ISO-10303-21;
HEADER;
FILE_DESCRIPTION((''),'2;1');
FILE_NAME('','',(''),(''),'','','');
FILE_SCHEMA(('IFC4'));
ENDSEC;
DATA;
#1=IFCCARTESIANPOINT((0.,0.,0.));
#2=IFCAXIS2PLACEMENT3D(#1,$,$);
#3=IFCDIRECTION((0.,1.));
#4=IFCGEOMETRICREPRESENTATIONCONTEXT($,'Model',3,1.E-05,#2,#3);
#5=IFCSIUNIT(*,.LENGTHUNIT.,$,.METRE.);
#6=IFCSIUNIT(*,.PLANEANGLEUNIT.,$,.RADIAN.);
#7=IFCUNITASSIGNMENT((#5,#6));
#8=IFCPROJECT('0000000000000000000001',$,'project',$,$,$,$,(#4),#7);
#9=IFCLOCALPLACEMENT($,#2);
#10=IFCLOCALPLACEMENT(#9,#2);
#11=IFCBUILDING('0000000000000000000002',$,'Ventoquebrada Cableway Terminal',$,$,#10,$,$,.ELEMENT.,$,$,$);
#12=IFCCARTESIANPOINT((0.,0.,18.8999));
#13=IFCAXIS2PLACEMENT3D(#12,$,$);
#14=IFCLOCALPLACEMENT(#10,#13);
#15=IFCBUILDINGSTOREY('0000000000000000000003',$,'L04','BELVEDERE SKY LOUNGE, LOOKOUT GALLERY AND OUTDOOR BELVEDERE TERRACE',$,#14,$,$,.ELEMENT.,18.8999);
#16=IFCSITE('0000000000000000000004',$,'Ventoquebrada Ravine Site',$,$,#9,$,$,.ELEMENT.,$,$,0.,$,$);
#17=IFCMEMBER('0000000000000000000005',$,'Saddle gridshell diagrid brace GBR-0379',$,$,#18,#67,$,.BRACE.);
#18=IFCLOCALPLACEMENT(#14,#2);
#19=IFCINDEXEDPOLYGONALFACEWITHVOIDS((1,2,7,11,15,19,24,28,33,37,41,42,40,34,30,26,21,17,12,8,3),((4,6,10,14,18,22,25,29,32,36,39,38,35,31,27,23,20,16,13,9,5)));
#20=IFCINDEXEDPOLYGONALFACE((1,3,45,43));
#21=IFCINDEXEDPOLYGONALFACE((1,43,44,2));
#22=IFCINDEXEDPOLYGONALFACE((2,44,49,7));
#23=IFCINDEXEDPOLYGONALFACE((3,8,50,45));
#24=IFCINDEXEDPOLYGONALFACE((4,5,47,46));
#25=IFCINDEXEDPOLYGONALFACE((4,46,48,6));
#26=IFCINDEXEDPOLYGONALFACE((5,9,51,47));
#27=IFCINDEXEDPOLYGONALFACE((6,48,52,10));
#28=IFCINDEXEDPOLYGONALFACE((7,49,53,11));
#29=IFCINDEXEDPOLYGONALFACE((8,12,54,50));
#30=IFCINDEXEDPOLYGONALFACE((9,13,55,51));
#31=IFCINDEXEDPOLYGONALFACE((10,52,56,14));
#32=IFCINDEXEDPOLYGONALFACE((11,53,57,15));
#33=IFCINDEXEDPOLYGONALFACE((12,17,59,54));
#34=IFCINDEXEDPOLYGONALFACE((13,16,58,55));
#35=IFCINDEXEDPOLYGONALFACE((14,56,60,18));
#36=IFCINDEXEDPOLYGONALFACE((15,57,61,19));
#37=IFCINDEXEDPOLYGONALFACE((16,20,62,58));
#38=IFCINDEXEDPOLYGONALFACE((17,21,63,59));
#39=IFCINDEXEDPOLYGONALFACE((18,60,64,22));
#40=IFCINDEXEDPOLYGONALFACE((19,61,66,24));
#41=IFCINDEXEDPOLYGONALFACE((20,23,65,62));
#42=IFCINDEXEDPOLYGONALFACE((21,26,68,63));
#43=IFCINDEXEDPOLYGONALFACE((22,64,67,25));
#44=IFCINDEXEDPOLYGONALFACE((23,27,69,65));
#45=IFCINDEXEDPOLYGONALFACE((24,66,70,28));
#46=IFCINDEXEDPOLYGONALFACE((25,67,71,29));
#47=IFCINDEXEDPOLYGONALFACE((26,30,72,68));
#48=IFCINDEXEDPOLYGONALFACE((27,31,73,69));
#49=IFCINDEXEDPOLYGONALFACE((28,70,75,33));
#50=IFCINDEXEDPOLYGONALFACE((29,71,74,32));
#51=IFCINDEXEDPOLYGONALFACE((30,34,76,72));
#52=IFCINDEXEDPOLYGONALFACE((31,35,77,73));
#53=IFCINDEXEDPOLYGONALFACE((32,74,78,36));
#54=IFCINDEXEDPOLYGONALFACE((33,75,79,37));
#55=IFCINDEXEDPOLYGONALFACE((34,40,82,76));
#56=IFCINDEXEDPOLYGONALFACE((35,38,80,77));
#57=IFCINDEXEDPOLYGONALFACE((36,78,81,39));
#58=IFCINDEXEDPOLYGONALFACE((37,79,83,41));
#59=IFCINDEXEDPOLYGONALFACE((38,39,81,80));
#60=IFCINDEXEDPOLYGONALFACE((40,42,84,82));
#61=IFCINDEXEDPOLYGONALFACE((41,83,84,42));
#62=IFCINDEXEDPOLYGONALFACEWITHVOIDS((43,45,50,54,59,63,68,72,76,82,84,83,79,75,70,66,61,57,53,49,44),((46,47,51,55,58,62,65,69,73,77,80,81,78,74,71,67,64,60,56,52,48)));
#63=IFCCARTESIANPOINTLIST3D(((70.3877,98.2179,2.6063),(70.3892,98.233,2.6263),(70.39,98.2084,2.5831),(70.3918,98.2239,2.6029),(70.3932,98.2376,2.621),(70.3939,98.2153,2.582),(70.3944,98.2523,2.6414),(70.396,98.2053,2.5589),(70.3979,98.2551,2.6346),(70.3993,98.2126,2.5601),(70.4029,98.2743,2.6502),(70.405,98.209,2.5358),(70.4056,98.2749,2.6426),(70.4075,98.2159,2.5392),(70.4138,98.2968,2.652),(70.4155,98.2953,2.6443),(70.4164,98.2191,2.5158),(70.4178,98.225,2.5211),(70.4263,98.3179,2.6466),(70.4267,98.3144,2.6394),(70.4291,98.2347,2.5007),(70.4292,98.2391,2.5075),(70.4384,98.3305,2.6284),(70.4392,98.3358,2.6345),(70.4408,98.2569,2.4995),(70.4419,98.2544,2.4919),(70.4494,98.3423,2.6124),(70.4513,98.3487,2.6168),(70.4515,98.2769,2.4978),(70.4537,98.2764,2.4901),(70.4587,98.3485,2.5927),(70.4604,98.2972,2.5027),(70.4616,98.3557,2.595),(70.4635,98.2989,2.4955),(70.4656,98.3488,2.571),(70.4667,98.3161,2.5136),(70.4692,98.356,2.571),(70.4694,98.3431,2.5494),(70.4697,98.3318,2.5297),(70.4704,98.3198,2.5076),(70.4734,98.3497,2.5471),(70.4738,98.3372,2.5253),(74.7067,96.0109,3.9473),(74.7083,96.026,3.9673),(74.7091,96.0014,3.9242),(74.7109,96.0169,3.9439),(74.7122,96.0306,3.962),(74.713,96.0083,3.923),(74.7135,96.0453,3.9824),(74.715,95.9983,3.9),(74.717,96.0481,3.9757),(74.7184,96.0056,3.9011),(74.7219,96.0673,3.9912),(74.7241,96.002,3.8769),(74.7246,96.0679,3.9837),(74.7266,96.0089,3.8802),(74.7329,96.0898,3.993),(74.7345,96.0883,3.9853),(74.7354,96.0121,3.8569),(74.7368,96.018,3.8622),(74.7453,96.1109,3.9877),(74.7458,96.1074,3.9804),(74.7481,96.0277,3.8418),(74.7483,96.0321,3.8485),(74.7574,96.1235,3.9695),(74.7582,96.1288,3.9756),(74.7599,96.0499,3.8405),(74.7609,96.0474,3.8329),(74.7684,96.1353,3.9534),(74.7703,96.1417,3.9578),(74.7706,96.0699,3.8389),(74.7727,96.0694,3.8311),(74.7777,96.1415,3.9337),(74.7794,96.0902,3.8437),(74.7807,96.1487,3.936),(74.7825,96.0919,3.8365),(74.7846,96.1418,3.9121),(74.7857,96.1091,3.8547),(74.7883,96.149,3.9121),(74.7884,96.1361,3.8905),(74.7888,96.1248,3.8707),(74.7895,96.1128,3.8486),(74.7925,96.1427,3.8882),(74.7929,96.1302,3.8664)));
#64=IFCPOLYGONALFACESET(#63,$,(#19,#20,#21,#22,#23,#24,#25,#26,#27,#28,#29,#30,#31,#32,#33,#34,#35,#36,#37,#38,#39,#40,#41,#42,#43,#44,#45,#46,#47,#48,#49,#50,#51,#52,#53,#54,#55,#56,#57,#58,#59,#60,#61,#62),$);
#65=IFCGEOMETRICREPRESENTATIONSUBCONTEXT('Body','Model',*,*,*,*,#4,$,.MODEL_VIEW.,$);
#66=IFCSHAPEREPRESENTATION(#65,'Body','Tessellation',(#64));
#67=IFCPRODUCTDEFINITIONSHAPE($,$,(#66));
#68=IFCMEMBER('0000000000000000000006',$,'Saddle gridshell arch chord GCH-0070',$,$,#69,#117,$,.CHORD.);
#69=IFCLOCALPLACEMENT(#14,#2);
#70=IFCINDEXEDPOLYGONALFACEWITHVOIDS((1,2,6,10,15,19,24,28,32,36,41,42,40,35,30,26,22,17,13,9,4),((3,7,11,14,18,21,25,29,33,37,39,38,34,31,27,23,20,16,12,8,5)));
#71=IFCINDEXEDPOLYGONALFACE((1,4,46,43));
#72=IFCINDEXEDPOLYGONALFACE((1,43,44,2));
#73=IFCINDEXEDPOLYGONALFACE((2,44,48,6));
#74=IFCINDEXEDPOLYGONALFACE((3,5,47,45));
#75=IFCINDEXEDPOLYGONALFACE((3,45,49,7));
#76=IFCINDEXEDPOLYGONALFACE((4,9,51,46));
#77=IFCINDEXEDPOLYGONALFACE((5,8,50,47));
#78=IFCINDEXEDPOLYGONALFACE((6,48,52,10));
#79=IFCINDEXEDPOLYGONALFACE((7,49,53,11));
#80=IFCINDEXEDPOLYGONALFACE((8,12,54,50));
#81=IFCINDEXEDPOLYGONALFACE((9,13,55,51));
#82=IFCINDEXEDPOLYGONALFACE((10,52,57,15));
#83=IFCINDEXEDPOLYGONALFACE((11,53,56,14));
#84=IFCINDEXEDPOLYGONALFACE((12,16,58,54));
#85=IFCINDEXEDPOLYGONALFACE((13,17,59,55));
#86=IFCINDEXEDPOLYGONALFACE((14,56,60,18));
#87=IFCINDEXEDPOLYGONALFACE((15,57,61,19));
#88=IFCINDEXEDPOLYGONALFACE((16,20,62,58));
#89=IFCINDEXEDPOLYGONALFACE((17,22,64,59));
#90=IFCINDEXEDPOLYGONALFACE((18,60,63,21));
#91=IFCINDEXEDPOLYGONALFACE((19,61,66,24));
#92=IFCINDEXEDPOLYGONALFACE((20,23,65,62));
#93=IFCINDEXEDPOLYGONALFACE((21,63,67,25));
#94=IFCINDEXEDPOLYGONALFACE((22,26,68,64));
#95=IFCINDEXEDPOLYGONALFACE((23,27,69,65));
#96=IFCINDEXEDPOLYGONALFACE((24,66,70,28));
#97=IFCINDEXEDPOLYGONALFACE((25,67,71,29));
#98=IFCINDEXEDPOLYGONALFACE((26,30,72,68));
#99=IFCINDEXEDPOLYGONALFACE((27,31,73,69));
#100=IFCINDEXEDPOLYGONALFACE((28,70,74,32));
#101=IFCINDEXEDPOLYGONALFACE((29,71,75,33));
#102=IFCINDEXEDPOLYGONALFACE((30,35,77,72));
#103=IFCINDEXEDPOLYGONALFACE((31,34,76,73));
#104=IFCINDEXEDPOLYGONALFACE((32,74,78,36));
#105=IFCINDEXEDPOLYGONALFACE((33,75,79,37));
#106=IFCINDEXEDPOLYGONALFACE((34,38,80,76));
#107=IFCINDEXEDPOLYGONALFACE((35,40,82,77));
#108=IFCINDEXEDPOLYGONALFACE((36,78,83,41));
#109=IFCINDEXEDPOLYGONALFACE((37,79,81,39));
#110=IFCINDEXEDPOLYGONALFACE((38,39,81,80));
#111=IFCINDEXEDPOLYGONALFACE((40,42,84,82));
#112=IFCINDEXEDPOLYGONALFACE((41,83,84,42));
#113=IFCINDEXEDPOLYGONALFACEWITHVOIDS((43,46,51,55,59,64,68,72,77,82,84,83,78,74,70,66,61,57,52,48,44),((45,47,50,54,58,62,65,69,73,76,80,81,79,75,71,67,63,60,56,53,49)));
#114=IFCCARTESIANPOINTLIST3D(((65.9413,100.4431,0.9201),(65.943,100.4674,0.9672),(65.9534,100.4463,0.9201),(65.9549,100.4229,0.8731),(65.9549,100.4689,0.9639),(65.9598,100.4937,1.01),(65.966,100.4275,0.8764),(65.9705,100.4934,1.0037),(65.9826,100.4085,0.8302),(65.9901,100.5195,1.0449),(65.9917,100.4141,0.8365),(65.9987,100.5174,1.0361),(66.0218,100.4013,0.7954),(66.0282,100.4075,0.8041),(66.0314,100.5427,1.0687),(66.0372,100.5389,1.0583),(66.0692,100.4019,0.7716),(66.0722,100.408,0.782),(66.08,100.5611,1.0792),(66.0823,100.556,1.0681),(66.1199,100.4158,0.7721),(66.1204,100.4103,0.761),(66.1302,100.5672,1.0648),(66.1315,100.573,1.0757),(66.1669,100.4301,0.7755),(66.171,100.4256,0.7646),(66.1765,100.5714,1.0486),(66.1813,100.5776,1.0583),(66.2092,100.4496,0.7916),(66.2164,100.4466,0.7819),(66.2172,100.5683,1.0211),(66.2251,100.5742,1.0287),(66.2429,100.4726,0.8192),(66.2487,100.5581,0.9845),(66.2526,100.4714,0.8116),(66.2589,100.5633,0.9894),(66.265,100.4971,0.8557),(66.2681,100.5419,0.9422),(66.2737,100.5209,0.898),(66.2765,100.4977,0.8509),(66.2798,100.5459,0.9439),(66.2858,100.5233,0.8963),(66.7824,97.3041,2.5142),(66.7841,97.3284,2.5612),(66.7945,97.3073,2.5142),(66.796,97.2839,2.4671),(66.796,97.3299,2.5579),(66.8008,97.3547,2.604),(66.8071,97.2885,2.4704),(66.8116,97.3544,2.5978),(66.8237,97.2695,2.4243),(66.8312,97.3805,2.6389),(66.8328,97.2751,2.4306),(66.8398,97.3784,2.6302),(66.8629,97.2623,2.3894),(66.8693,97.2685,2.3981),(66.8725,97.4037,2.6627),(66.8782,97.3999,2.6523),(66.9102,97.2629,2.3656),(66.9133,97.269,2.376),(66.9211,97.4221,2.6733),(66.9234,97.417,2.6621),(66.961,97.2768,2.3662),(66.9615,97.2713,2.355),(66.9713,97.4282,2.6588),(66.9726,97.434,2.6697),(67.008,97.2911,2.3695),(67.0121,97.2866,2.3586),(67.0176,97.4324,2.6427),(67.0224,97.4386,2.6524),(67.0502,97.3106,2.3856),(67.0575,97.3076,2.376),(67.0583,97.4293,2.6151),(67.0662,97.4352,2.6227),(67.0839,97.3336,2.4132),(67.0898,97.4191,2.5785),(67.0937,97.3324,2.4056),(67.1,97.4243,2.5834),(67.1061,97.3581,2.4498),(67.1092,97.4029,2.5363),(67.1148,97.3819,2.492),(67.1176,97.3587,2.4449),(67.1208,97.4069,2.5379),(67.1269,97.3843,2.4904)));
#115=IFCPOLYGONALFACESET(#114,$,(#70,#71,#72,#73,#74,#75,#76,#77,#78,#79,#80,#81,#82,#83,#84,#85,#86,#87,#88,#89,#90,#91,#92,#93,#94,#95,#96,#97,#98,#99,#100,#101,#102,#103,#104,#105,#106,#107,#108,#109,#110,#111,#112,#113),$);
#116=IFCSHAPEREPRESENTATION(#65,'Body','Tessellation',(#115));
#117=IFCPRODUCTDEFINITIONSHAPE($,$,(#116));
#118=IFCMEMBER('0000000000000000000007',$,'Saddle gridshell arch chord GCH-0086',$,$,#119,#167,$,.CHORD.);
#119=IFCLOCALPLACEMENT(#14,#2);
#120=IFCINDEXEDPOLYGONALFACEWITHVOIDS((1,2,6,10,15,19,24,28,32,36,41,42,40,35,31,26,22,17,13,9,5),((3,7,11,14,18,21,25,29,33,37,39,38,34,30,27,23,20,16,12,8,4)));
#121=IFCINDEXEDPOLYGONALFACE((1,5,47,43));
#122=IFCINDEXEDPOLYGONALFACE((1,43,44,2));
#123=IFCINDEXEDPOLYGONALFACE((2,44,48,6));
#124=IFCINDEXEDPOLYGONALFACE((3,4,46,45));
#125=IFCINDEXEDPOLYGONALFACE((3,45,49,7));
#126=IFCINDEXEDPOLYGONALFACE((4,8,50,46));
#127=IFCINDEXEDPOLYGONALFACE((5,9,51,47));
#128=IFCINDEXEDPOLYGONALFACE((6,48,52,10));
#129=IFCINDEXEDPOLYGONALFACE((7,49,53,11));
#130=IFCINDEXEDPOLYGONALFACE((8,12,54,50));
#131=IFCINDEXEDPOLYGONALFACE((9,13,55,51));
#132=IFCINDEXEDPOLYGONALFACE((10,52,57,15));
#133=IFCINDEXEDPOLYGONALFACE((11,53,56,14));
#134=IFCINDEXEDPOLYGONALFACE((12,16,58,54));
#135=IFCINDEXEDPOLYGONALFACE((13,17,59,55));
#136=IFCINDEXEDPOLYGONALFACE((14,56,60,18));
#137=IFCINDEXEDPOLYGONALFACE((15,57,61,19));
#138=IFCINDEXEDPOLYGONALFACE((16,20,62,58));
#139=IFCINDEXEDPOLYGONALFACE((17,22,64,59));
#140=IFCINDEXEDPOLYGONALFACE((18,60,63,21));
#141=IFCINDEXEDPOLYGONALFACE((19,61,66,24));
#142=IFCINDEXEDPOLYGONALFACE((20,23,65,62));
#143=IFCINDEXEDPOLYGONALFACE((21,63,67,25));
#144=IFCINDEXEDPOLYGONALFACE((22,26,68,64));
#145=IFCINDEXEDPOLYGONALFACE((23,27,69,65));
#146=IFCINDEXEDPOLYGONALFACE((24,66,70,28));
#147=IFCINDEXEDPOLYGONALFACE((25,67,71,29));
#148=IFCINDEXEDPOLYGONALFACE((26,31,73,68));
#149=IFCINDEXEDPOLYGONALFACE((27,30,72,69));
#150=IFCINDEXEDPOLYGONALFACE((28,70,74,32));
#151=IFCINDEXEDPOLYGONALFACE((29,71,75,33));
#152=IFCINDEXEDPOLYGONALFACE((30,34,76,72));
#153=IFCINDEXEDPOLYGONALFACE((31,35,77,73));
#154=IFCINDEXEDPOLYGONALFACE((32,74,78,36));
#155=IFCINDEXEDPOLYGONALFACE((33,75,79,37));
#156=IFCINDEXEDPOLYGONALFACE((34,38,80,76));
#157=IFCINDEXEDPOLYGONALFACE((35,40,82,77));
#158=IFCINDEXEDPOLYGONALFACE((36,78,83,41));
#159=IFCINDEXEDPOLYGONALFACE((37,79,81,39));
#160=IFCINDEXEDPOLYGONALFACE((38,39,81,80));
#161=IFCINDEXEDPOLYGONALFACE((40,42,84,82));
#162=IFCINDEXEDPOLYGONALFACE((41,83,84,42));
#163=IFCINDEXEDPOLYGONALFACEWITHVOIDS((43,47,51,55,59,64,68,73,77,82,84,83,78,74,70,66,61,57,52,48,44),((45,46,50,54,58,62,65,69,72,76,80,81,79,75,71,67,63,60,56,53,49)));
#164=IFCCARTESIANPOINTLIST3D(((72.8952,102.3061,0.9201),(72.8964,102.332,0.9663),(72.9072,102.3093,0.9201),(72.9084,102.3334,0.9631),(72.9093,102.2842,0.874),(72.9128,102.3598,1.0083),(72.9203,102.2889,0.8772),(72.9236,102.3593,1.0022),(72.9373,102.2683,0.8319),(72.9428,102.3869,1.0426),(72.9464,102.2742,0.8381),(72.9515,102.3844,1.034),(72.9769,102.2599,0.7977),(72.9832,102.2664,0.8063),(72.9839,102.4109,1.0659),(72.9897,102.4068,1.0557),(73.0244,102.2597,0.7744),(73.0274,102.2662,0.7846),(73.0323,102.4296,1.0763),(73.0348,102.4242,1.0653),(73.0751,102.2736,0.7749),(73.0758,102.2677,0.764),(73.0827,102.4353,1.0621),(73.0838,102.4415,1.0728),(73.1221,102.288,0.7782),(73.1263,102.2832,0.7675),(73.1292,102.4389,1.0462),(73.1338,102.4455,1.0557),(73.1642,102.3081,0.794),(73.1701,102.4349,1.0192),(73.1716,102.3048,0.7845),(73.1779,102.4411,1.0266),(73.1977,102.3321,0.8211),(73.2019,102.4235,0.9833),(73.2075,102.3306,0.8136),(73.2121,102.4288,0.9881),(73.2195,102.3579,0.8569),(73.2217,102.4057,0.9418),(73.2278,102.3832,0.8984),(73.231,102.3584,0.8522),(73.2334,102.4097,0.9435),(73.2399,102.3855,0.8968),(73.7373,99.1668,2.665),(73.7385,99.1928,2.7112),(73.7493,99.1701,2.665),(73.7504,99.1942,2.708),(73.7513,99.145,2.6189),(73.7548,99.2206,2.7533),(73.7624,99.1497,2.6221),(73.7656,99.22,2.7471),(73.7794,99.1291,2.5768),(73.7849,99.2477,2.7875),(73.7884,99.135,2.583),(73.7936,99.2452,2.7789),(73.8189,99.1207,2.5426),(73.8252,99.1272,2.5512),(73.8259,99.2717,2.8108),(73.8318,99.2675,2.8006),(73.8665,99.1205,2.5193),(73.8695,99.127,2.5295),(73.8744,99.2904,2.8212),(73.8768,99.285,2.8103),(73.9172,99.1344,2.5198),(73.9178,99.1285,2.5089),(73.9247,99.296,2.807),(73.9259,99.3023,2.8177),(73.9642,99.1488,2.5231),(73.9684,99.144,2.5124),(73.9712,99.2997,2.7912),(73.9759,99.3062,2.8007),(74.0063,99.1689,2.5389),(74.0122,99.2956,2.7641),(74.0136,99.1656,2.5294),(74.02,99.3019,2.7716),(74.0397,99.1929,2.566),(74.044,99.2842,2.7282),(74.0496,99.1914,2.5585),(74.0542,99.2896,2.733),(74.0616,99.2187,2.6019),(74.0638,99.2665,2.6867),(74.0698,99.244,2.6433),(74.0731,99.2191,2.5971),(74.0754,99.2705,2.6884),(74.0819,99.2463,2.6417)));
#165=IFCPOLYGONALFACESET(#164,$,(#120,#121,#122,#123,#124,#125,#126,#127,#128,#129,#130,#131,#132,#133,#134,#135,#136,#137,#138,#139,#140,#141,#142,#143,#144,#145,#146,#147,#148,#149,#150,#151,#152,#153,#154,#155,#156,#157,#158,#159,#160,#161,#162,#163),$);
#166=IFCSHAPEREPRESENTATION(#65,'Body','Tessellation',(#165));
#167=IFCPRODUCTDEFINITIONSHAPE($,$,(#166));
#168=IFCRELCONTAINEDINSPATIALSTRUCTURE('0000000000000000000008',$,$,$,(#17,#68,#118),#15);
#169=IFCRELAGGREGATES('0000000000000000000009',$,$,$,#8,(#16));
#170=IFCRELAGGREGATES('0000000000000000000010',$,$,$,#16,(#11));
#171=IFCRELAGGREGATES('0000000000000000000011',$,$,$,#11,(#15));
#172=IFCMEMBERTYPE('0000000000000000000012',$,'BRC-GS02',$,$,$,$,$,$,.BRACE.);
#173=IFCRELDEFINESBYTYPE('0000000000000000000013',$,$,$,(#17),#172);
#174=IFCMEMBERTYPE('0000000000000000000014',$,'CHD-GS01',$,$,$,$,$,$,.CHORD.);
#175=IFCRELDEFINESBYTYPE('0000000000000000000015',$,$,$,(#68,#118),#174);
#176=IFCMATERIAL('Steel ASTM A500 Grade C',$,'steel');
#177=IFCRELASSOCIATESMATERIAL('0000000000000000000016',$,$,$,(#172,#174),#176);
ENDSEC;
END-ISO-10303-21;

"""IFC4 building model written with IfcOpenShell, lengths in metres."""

from ifc_helpers import new_model, si_unit, direction, frame, origin, origin_2d, place, context, subcontext, project, spatial, hollow_circle, extrude, material, material_profile, profile_set, type_object, element, save


model = new_model("IFC4")

# Units and contexts
model_context = context("Model", 3, precision=1e-05, world=origin(), true_north=direction((0.0, 1.0)))
body_context = subcontext(model_context, "Body", "Model", "MODEL_VIEW")
ifc_project = project(units=[si_unit("LENGTHUNIT", "METRE"), si_unit("PLANEANGLEUNIT", "RADIAN")], contexts=[model_context])

# Site, building, storey
site_placement = place(None, origin())
site = spatial("IfcSite", under=ifc_project, at=site_placement, Name="Ventoquebrada Ravine Site", CompositionType="ELEMENT", RefElevation=0.0)
building_placement = place(site_placement, origin())
building = spatial("IfcBuilding", under=site, at=building_placement, Name="Ventoquebrada Cableway Terminal", CompositionType="ELEMENT")
storey_placement = place(building_placement, frame((0.0, 0.0, 18.8999)))
storey = spatial("IfcBuildingStorey", under=building, at=storey_placement, Name="L04", Description="BELVEDERE SKY LOUNGE, LOOKOUT GALLERY AND OUTDOOR BELVEDERE TERRACE", CompositionType="ELEMENT", Elevation=18.8999)

# Members
ifc_material_1 = material(Name="Steel ASTM A500 Grade C", Category="steel")
ifc_material_profile_1 = material_profile(ifc_material_1, hollow_circle(Radius=0.0842, WallThickness=0.0081, at=origin_2d()), Name="CHS168.3X8")
ifc_profile_set_1 = profile_set([ifc_material_profile_1], Name="Steel ASTM A500 Grade C")
member_type_1 = type_object("IfcMemberType", Name="BRC-GS02", PredefinedType="BRACE", material=ifc_profile_set_1)
member_1_placement = place(storey_placement, frame((70.4309, 98.281, 2.571), z_axis=(0.858275, -0.438573, 0.266492), x_axis=(0.455029, 0.890477, 0.0)))
element("IfcMember", 1, at=member_1_placement, inside=storey, type_object=member_type_1, Name="Saddle gridshell diagrid brace GBR-0379", PredefinedType="BRACE", context=body_context, shape_type="SweptSolid", body=[
    extrude(hollow_circle(Radius=0.0842, WallThickness=0.0081, at=origin_2d()), origin(), (0.0, 0.0, 1.0), 5.0322),
])
ifc_material_profile_2 = material_profile(ifc_material_1, hollow_circle(Radius=0.1777, WallThickness=0.0125, at=origin_2d()), Name="CHS355.6X12.5")
ifc_profile_set_2 = profile_set([ifc_material_profile_2], Name="Steel ASTM A500 Grade C")
member_type_2 = type_object("IfcMemberType", Name="CHD-GS01", PredefinedType="CHORD", material=ifc_profile_set_2)
member_2_placement = place(storey_placement, frame((66.9541, 97.3501, 2.5142), z_axis=(-0.232368, 0.867216, -0.440387), x_axis=(-0.965926, -0.258817, 0.0)))
element("IfcMember", 2, at=member_2_placement, inside=storey, type_object=member_type_2, Name="Saddle gridshell arch chord GCH-0070", PredefinedType="CHORD", context=body_context, shape_type="SweptSolid", body=[
    extrude(hollow_circle(Radius=0.1777, WallThickness=0.0125, at=origin_2d()), origin(), (0.0, 0.0, 1.0), 3.6196),
])
member_3_placement = place(storey_placement, frame((73.9089, 99.2129, 2.665), z_axis=(-0.228264, 0.850976, -0.473007), x_axis=(-0.965856, -0.259079, 0.0)))
element("IfcMember", 3, at=member_3_placement, inside=storey, type_object=member_type_2, Name="Saddle gridshell arch chord GCH-0086", PredefinedType="CHORD", context=body_context, shape_type="SweptSolid", body=[
    extrude(hollow_circle(Radius=0.1777, WallThickness=0.0125, at=origin_2d()), origin(), (0.0, 0.0, 1.0), 3.689),
])

save(model, "model.ifc")
